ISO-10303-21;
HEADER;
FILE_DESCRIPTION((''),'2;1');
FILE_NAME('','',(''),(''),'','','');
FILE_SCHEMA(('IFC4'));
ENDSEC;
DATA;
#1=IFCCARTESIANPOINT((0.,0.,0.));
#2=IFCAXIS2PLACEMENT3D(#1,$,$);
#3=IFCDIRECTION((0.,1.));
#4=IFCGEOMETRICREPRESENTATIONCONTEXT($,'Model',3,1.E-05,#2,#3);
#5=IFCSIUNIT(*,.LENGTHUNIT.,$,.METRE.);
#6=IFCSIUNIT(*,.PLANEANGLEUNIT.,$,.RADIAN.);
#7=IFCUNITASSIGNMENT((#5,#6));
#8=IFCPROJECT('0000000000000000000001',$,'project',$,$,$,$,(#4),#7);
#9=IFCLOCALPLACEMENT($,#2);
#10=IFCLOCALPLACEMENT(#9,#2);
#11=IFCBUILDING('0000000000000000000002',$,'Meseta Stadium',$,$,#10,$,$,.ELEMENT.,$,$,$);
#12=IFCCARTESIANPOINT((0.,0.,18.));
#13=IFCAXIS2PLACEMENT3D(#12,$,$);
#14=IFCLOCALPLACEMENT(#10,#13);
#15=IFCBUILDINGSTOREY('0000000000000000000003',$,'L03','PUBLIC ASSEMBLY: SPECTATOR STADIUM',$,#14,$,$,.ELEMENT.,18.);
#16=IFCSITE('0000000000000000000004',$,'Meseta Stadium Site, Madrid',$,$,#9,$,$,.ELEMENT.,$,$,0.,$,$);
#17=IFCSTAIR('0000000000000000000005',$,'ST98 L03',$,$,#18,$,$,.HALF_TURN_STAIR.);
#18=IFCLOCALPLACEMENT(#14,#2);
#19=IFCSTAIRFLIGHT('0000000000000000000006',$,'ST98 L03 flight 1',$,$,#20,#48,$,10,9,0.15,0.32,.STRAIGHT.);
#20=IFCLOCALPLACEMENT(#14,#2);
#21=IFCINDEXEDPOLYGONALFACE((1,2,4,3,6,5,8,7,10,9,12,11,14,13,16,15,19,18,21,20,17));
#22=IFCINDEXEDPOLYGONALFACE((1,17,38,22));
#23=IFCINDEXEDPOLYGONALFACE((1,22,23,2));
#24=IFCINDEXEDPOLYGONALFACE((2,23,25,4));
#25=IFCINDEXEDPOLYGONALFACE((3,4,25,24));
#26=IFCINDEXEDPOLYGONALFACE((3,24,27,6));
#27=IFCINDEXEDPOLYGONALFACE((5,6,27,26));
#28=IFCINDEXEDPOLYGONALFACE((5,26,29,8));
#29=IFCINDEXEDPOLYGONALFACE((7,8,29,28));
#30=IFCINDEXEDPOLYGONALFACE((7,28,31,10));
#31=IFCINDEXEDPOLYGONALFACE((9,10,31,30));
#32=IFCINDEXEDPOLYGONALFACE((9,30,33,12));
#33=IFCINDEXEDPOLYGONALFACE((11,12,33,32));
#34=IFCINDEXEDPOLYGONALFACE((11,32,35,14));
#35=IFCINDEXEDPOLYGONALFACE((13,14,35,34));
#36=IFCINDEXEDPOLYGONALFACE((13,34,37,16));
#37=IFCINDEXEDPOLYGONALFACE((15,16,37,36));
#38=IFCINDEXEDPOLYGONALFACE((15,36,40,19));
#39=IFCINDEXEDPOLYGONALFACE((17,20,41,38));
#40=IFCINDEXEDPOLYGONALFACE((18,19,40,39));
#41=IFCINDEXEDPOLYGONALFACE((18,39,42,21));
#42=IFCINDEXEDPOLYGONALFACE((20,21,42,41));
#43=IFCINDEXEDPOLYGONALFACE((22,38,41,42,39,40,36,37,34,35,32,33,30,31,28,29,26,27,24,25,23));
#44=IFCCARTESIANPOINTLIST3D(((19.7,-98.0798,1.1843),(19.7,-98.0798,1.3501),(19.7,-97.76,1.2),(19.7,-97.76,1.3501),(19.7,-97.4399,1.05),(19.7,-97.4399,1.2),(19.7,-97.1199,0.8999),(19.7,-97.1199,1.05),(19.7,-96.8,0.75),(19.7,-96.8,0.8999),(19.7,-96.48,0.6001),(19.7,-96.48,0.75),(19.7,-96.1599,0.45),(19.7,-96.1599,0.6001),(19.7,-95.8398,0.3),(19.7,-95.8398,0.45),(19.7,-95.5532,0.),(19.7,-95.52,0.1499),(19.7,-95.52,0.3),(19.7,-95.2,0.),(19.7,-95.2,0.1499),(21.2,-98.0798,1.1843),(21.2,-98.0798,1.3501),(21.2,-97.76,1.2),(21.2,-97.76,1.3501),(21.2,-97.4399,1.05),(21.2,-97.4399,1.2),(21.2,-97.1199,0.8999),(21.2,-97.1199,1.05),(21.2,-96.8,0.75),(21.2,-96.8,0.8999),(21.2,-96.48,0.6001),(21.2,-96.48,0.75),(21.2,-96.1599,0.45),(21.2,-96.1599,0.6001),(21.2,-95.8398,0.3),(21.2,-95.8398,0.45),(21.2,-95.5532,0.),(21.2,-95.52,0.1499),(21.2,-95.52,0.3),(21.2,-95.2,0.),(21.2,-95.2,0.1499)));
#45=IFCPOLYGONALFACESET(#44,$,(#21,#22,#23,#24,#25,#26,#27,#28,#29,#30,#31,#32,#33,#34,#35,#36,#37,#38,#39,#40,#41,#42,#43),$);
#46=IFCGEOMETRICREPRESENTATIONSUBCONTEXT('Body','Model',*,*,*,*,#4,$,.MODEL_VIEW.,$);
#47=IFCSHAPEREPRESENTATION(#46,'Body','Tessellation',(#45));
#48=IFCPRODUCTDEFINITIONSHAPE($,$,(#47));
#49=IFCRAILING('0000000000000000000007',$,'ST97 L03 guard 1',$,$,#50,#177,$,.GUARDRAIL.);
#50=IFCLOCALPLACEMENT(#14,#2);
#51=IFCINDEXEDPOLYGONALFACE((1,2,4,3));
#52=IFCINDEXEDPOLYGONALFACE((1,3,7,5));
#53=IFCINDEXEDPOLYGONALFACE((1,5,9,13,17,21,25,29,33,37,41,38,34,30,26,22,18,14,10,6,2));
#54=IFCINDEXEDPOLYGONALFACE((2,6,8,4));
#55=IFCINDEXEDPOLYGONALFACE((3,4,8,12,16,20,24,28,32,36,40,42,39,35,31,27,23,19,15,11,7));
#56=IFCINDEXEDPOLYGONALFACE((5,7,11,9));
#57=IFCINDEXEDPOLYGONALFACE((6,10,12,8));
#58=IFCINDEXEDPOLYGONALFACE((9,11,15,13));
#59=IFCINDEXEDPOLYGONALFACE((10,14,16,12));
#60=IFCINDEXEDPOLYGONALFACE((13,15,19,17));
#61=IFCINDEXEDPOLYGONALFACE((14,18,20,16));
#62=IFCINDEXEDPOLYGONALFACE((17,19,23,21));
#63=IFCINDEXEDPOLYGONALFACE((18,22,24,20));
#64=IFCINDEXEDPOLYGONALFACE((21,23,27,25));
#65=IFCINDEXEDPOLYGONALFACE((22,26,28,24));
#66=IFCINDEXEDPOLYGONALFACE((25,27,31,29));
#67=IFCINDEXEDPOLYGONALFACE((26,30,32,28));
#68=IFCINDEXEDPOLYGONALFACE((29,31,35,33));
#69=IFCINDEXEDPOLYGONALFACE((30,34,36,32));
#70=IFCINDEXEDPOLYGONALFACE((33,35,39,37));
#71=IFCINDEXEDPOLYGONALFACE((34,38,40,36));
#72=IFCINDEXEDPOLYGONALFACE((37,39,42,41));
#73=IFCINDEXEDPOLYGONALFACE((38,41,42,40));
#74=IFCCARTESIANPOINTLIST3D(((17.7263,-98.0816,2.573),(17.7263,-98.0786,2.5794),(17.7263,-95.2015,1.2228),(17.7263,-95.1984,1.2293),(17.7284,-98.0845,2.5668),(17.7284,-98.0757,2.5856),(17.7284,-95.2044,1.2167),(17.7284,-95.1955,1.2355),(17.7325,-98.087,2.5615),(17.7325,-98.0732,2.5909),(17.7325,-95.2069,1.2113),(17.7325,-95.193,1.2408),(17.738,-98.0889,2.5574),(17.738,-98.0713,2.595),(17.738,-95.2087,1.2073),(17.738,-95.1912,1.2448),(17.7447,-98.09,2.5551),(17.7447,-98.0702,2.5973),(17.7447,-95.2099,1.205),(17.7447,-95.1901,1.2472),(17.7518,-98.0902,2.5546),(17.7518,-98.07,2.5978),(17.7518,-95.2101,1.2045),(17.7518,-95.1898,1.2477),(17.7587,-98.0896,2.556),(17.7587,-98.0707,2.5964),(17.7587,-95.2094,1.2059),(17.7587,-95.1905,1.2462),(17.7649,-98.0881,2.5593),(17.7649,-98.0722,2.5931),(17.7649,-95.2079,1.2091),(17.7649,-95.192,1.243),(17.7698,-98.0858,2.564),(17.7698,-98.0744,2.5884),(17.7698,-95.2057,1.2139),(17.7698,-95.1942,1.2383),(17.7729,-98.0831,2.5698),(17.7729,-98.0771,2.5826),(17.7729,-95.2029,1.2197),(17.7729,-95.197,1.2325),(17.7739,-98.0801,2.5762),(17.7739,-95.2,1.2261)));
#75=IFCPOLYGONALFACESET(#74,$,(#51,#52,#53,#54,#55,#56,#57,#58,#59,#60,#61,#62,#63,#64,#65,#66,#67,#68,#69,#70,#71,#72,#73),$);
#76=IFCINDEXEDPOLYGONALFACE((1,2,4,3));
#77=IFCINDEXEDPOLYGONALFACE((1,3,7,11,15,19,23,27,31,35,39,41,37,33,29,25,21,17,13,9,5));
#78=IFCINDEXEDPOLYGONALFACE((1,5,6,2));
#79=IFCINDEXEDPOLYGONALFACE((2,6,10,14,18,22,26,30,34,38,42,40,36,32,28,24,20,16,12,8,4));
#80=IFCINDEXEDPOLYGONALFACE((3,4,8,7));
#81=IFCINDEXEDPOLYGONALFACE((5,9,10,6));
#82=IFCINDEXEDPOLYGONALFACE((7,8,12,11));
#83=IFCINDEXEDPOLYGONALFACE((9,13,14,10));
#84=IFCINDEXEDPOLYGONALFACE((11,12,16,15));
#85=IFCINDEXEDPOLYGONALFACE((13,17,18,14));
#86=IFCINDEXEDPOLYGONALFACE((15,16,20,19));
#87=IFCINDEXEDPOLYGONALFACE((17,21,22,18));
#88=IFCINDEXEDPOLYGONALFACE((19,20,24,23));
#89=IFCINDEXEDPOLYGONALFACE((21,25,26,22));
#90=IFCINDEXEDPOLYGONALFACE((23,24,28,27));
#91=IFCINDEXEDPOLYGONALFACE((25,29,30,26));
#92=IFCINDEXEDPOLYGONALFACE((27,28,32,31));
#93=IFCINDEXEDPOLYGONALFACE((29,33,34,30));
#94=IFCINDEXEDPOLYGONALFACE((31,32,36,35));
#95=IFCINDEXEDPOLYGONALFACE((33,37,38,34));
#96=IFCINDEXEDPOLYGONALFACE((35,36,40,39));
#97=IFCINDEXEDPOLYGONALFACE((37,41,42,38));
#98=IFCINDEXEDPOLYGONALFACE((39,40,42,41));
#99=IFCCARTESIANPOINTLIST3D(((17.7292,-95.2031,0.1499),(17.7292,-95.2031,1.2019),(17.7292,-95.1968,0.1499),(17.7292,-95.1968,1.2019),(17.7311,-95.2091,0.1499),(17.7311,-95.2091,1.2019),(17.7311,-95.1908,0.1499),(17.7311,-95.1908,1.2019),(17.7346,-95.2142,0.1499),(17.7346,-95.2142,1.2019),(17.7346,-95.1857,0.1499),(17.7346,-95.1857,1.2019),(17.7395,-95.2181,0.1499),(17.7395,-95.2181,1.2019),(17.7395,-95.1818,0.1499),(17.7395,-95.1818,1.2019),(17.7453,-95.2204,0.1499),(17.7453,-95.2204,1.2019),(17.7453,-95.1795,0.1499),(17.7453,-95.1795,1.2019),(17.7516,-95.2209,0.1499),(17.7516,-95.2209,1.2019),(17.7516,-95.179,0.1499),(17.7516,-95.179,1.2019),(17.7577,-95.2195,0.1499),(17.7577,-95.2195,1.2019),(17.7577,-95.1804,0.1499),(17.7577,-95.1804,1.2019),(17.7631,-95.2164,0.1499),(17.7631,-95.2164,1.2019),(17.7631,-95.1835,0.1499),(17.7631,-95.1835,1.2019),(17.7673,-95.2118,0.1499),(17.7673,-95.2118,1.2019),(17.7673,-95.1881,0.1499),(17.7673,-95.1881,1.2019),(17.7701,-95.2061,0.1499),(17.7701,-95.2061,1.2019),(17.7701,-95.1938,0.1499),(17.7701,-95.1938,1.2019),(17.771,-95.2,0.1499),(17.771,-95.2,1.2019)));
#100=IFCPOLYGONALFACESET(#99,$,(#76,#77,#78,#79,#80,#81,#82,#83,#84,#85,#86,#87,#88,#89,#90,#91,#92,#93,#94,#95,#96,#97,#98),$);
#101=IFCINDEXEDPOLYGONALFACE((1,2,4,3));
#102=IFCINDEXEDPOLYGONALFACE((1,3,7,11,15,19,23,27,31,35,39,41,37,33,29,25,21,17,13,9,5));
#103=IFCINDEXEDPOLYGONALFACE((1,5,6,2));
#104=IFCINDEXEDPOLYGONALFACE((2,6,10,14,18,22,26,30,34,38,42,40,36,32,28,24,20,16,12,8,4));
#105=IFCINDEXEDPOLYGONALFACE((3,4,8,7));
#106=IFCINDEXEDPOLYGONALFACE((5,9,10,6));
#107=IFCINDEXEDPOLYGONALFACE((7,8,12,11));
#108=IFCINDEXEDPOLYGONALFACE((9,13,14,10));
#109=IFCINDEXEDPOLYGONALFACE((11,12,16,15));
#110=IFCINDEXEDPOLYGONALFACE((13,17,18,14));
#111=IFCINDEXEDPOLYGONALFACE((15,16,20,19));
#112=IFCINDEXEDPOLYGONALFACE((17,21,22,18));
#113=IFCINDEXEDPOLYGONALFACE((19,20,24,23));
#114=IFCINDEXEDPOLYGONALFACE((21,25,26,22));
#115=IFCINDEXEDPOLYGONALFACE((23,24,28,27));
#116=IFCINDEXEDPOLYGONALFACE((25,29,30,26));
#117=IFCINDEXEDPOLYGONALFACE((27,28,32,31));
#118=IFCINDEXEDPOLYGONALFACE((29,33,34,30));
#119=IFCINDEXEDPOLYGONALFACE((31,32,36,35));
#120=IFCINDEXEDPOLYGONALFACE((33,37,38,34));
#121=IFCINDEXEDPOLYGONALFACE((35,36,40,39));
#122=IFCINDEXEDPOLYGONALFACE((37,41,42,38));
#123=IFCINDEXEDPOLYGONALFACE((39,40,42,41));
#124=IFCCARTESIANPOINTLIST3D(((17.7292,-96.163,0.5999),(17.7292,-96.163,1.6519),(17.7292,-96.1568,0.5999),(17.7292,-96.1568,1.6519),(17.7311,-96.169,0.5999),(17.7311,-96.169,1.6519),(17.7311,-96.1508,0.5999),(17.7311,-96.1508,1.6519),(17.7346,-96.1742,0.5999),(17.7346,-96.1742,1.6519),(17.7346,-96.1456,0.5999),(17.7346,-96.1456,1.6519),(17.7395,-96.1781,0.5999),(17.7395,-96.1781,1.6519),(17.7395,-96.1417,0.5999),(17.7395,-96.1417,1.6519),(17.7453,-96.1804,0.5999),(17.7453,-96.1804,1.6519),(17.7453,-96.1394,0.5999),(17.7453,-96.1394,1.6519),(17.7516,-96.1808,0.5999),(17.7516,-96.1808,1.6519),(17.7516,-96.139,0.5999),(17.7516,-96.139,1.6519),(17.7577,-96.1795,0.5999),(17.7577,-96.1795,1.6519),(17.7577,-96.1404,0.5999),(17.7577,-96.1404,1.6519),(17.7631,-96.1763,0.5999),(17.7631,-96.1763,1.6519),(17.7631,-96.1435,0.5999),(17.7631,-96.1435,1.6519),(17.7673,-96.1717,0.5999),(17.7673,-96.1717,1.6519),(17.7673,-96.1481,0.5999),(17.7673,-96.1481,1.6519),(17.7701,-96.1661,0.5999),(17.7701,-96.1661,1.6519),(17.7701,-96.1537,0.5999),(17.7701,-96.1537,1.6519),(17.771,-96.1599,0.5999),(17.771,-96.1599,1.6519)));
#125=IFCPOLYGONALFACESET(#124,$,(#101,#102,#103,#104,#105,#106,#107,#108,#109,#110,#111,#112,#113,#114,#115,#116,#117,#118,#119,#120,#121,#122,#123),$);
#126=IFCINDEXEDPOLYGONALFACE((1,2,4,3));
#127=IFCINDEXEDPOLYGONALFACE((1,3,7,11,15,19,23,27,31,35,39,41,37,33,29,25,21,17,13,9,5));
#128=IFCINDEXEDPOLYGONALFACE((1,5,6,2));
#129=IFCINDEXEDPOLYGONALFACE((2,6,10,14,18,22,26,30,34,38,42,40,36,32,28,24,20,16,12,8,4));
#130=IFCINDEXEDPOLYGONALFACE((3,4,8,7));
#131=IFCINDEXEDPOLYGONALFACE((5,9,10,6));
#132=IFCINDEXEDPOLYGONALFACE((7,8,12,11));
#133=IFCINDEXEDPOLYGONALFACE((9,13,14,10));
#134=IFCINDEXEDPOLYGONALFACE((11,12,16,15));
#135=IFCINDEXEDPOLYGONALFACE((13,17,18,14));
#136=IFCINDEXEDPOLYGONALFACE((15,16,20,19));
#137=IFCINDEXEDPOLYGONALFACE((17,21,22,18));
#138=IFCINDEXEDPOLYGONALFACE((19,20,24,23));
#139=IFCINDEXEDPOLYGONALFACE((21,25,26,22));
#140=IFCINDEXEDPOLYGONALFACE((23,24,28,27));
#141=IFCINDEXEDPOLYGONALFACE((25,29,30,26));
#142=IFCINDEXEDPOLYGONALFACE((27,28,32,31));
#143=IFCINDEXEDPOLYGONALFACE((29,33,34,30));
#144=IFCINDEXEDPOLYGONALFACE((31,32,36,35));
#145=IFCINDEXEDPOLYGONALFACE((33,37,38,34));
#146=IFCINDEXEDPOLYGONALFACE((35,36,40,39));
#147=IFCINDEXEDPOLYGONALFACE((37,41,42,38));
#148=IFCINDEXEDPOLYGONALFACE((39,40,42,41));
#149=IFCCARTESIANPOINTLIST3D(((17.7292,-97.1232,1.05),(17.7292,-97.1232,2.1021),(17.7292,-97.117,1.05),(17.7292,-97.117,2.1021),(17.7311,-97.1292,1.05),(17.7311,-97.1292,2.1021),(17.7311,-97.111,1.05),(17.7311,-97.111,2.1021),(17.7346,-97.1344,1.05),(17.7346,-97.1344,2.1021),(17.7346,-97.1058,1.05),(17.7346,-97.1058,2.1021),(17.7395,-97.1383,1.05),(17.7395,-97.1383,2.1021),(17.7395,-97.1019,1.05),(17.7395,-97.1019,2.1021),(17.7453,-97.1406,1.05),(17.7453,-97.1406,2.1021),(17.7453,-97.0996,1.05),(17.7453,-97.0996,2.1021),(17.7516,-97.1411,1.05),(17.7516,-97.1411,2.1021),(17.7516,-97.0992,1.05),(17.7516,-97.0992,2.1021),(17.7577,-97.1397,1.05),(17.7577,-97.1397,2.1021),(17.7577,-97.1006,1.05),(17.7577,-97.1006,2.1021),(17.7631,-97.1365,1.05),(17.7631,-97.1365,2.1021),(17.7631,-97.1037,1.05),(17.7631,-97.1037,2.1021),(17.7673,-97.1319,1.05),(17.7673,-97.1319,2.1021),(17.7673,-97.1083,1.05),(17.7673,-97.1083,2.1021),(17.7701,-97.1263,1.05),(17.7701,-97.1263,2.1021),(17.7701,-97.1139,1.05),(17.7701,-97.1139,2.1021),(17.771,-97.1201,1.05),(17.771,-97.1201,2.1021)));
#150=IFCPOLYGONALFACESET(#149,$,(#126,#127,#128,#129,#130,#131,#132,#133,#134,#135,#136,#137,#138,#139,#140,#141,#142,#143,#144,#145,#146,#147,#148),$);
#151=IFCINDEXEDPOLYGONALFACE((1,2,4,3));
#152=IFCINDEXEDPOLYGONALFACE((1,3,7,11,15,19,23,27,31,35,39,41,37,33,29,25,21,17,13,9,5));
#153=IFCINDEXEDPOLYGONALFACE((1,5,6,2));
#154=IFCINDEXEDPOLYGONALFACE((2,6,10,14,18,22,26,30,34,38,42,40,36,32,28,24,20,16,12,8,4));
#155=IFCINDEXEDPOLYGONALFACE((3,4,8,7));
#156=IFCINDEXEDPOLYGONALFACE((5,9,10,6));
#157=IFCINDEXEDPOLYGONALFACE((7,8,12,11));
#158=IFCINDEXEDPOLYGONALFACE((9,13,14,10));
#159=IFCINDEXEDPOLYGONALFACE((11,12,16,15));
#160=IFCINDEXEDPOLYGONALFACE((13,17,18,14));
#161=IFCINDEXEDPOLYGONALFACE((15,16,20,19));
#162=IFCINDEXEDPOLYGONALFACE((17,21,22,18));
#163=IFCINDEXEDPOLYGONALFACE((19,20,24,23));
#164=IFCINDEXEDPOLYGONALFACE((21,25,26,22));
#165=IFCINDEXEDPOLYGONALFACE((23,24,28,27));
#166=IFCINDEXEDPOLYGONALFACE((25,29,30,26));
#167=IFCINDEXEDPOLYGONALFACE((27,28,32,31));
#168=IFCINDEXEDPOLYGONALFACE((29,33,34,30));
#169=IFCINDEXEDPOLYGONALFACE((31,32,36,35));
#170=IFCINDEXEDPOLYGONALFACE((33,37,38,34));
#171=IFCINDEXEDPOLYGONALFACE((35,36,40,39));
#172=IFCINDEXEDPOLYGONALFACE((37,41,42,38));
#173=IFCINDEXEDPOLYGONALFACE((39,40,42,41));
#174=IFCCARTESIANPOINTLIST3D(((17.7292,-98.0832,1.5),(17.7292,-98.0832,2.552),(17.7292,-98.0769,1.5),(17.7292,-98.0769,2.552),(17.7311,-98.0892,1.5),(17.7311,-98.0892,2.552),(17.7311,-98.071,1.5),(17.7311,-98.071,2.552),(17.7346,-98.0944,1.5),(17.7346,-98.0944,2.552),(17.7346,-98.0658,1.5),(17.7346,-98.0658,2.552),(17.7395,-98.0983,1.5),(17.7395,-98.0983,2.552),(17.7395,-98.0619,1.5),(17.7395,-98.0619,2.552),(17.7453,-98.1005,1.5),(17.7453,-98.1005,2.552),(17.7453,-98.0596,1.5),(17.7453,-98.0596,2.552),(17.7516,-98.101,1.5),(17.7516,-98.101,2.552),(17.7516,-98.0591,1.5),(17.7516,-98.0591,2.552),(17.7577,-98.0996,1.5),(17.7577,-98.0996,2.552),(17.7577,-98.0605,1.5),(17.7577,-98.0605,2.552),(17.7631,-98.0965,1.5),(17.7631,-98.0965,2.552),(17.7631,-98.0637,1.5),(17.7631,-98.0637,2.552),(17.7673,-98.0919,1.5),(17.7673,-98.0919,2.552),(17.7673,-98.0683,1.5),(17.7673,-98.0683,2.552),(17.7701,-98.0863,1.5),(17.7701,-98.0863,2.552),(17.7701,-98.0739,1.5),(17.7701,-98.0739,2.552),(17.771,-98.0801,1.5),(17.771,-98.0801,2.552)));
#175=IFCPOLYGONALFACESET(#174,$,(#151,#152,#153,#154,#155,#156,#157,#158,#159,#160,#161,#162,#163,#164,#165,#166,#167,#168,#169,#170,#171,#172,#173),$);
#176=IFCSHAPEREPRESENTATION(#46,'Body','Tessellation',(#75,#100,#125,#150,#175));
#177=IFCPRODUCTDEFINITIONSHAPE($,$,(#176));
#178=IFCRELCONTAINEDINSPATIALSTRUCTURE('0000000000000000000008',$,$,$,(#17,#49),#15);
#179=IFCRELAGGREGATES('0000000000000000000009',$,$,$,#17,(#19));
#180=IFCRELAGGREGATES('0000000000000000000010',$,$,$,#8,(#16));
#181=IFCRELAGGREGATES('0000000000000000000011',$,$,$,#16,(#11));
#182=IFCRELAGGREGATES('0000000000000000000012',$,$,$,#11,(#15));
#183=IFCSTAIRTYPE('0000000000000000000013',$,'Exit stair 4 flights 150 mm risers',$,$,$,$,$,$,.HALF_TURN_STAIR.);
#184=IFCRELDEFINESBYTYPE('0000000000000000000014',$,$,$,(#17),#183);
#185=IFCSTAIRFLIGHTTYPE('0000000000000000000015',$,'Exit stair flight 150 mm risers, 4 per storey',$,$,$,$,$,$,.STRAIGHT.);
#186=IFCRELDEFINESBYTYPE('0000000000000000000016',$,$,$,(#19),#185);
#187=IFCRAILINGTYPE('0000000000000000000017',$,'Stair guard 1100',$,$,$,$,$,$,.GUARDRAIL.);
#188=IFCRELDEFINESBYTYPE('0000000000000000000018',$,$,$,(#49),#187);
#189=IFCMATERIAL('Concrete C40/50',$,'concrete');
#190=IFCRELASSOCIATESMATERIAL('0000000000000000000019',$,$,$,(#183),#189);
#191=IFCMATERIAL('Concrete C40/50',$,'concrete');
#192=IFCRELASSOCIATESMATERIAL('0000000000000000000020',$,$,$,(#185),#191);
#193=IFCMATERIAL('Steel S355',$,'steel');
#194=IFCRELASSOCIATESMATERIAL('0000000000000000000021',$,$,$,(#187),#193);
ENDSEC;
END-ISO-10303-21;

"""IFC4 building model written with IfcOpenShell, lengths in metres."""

from ifc_helpers import new_model, si_unit, direction, frame, origin, origin_2d, place, context, subcontext, project, spatial, polyline, circle, outline, extrude, material, type_object, element, aggregate, save


model = new_model("IFC4")

# Units and contexts
model_context = context("Model", 3, precision=1e-05, world=origin(), true_north=direction((0.0, 1.0)))
body_context = subcontext(model_context, "Body", "Model", "MODEL_VIEW")
ifc_project = project(units=[si_unit("LENGTHUNIT", "METRE"), si_unit("PLANEANGLEUNIT", "RADIAN")], contexts=[model_context])

# Site, building, storey
site_placement = place(None, origin())
site = spatial("IfcSite", under=ifc_project, at=site_placement, Name="Meseta Stadium Site, Madrid", CompositionType="ELEMENT", RefElevation=0.0)
building_placement = place(site_placement, origin())
building = spatial("IfcBuilding", under=site, at=building_placement, Name="Meseta Stadium", CompositionType="ELEMENT")
storey_placement = place(building_placement, frame((0.0, 0.0, 18.0)))
storey = spatial("IfcBuildingStorey", under=building, at=storey_placement, Name="L03", Description="PUBLIC ASSEMBLY: SPECTATOR STADIUM", CompositionType="ELEMENT", Elevation=18.0)

# Shared definitions
ifc_material_1 = material(Name="Concrete C40/50", Category="concrete")
stair_type = type_object("IfcStairType", Name="Exit stair 4 flights 150 mm risers", PredefinedType="HALF_TURN_STAIR", material=ifc_material_1)
ifc_material_2 = material(Name="Concrete C40/50", Category="concrete")
stair_flight_type = type_object("IfcStairFlightType", Name="Exit stair flight 150 mm risers, 4 per storey", PredefinedType="STRAIGHT", material=ifc_material_2)

# Stair, stair flight
stair_1_placement = place(storey_placement, origin())
stair_1 = element("IfcStair", 1, at=stair_1_placement, inside=storey, type_object=stair_type, Name="ST98 L03", PredefinedType="HALF_TURN_STAIR")
stair_flight_1_placement = place(storey_placement, frame((20.45, -95.2, 0.0), z_axis=(0.0, 0.0, 1.0), x_axis=(0.0, -1.0, 0.0)))
stair_flight_1 = element("IfcStairFlight", 2, at=stair_flight_1_placement, type_object=stair_flight_type, Name="ST98 L03 flight 1", NumberOfRisers=10, NumberOfTreads=9, PredefinedType="STRAIGHT", RiserHeight=0.15, TreadLength=0.32, context=body_context, shape_type="SweptSolid", body=[
    extrude(outline(polyline([(0.0, 0.0), (0.0, 0.1499), (0.3201, 0.1499), (0.3201, 0.3), (0.6399, 0.3), (0.6399, 0.45), (0.96, 0.45), (0.96, 0.6001), (1.28, 0.6001), (1.28, 0.75), (1.6001, 0.75), (1.6001, 0.8999), (1.9199, 0.8999), (1.9199, 1.05), (2.24, 1.05), (2.24, 1.2), (2.5601, 1.2), (2.5601, 1.3501), (2.8799, 1.3501), (2.8799, 1.1843), (0.3533, 0.0), (0.0, 0.0)])), frame((0.0, 0.75, 0.0), z_axis=(0.0, -1.0, 0.0), x_axis=(1.0, 0.0, 0.0)), (0.0, 0.0, 1.0), 1.5),
])
aggregate(stair_1, [stair_flight_1])

# Railing
ifc_material_3 = material(Name="Steel S355", Category="steel")
railing_type_1 = type_object("IfcRailingType", Name="Stair guard 1100", PredefinedType="GUARDRAIL", material=ifc_material_3)
railing_1_placement = place(storey_placement, frame((17.75, -95.2, 0.1499)))
element("IfcRailing", 3, at=railing_1_placement, inside=storey, type_object=railing_type_1, Name="ST97 L03 guard 1", PredefinedType="GUARDRAIL", context=body_context, shape_type="SweptSolid", body=[
    extrude(circle(Radius=0.0239, at=origin_2d()), frame((0.0, 0.0, 1.0762), z_axis=(0.0, -0.905454, 0.424444), x_axis=(1.0, 0.0, 0.0)), (0.0, 0.0, 1.0), 3.1809),
    extrude(circle(Radius=0.021, at=origin_2d()), origin(), (0.0, 0.0, 1.0), 1.052),
    extrude(circle(Radius=0.021, at=origin_2d()), frame((0.0, -0.96, 0.45)), (0.0, 0.0, 1.0), 1.052),
    extrude(circle(Radius=0.021, at=origin_2d()), frame((0.0, -1.9202, 0.9001)), (0.0, 0.0, 1.0), 1.052),
    extrude(circle(Radius=0.021, at=origin_2d()), frame((0.0, -2.8801, 1.3501)), (0.0, 0.0, 1.0), 1.052),
])

save(model, "model.ifc")
